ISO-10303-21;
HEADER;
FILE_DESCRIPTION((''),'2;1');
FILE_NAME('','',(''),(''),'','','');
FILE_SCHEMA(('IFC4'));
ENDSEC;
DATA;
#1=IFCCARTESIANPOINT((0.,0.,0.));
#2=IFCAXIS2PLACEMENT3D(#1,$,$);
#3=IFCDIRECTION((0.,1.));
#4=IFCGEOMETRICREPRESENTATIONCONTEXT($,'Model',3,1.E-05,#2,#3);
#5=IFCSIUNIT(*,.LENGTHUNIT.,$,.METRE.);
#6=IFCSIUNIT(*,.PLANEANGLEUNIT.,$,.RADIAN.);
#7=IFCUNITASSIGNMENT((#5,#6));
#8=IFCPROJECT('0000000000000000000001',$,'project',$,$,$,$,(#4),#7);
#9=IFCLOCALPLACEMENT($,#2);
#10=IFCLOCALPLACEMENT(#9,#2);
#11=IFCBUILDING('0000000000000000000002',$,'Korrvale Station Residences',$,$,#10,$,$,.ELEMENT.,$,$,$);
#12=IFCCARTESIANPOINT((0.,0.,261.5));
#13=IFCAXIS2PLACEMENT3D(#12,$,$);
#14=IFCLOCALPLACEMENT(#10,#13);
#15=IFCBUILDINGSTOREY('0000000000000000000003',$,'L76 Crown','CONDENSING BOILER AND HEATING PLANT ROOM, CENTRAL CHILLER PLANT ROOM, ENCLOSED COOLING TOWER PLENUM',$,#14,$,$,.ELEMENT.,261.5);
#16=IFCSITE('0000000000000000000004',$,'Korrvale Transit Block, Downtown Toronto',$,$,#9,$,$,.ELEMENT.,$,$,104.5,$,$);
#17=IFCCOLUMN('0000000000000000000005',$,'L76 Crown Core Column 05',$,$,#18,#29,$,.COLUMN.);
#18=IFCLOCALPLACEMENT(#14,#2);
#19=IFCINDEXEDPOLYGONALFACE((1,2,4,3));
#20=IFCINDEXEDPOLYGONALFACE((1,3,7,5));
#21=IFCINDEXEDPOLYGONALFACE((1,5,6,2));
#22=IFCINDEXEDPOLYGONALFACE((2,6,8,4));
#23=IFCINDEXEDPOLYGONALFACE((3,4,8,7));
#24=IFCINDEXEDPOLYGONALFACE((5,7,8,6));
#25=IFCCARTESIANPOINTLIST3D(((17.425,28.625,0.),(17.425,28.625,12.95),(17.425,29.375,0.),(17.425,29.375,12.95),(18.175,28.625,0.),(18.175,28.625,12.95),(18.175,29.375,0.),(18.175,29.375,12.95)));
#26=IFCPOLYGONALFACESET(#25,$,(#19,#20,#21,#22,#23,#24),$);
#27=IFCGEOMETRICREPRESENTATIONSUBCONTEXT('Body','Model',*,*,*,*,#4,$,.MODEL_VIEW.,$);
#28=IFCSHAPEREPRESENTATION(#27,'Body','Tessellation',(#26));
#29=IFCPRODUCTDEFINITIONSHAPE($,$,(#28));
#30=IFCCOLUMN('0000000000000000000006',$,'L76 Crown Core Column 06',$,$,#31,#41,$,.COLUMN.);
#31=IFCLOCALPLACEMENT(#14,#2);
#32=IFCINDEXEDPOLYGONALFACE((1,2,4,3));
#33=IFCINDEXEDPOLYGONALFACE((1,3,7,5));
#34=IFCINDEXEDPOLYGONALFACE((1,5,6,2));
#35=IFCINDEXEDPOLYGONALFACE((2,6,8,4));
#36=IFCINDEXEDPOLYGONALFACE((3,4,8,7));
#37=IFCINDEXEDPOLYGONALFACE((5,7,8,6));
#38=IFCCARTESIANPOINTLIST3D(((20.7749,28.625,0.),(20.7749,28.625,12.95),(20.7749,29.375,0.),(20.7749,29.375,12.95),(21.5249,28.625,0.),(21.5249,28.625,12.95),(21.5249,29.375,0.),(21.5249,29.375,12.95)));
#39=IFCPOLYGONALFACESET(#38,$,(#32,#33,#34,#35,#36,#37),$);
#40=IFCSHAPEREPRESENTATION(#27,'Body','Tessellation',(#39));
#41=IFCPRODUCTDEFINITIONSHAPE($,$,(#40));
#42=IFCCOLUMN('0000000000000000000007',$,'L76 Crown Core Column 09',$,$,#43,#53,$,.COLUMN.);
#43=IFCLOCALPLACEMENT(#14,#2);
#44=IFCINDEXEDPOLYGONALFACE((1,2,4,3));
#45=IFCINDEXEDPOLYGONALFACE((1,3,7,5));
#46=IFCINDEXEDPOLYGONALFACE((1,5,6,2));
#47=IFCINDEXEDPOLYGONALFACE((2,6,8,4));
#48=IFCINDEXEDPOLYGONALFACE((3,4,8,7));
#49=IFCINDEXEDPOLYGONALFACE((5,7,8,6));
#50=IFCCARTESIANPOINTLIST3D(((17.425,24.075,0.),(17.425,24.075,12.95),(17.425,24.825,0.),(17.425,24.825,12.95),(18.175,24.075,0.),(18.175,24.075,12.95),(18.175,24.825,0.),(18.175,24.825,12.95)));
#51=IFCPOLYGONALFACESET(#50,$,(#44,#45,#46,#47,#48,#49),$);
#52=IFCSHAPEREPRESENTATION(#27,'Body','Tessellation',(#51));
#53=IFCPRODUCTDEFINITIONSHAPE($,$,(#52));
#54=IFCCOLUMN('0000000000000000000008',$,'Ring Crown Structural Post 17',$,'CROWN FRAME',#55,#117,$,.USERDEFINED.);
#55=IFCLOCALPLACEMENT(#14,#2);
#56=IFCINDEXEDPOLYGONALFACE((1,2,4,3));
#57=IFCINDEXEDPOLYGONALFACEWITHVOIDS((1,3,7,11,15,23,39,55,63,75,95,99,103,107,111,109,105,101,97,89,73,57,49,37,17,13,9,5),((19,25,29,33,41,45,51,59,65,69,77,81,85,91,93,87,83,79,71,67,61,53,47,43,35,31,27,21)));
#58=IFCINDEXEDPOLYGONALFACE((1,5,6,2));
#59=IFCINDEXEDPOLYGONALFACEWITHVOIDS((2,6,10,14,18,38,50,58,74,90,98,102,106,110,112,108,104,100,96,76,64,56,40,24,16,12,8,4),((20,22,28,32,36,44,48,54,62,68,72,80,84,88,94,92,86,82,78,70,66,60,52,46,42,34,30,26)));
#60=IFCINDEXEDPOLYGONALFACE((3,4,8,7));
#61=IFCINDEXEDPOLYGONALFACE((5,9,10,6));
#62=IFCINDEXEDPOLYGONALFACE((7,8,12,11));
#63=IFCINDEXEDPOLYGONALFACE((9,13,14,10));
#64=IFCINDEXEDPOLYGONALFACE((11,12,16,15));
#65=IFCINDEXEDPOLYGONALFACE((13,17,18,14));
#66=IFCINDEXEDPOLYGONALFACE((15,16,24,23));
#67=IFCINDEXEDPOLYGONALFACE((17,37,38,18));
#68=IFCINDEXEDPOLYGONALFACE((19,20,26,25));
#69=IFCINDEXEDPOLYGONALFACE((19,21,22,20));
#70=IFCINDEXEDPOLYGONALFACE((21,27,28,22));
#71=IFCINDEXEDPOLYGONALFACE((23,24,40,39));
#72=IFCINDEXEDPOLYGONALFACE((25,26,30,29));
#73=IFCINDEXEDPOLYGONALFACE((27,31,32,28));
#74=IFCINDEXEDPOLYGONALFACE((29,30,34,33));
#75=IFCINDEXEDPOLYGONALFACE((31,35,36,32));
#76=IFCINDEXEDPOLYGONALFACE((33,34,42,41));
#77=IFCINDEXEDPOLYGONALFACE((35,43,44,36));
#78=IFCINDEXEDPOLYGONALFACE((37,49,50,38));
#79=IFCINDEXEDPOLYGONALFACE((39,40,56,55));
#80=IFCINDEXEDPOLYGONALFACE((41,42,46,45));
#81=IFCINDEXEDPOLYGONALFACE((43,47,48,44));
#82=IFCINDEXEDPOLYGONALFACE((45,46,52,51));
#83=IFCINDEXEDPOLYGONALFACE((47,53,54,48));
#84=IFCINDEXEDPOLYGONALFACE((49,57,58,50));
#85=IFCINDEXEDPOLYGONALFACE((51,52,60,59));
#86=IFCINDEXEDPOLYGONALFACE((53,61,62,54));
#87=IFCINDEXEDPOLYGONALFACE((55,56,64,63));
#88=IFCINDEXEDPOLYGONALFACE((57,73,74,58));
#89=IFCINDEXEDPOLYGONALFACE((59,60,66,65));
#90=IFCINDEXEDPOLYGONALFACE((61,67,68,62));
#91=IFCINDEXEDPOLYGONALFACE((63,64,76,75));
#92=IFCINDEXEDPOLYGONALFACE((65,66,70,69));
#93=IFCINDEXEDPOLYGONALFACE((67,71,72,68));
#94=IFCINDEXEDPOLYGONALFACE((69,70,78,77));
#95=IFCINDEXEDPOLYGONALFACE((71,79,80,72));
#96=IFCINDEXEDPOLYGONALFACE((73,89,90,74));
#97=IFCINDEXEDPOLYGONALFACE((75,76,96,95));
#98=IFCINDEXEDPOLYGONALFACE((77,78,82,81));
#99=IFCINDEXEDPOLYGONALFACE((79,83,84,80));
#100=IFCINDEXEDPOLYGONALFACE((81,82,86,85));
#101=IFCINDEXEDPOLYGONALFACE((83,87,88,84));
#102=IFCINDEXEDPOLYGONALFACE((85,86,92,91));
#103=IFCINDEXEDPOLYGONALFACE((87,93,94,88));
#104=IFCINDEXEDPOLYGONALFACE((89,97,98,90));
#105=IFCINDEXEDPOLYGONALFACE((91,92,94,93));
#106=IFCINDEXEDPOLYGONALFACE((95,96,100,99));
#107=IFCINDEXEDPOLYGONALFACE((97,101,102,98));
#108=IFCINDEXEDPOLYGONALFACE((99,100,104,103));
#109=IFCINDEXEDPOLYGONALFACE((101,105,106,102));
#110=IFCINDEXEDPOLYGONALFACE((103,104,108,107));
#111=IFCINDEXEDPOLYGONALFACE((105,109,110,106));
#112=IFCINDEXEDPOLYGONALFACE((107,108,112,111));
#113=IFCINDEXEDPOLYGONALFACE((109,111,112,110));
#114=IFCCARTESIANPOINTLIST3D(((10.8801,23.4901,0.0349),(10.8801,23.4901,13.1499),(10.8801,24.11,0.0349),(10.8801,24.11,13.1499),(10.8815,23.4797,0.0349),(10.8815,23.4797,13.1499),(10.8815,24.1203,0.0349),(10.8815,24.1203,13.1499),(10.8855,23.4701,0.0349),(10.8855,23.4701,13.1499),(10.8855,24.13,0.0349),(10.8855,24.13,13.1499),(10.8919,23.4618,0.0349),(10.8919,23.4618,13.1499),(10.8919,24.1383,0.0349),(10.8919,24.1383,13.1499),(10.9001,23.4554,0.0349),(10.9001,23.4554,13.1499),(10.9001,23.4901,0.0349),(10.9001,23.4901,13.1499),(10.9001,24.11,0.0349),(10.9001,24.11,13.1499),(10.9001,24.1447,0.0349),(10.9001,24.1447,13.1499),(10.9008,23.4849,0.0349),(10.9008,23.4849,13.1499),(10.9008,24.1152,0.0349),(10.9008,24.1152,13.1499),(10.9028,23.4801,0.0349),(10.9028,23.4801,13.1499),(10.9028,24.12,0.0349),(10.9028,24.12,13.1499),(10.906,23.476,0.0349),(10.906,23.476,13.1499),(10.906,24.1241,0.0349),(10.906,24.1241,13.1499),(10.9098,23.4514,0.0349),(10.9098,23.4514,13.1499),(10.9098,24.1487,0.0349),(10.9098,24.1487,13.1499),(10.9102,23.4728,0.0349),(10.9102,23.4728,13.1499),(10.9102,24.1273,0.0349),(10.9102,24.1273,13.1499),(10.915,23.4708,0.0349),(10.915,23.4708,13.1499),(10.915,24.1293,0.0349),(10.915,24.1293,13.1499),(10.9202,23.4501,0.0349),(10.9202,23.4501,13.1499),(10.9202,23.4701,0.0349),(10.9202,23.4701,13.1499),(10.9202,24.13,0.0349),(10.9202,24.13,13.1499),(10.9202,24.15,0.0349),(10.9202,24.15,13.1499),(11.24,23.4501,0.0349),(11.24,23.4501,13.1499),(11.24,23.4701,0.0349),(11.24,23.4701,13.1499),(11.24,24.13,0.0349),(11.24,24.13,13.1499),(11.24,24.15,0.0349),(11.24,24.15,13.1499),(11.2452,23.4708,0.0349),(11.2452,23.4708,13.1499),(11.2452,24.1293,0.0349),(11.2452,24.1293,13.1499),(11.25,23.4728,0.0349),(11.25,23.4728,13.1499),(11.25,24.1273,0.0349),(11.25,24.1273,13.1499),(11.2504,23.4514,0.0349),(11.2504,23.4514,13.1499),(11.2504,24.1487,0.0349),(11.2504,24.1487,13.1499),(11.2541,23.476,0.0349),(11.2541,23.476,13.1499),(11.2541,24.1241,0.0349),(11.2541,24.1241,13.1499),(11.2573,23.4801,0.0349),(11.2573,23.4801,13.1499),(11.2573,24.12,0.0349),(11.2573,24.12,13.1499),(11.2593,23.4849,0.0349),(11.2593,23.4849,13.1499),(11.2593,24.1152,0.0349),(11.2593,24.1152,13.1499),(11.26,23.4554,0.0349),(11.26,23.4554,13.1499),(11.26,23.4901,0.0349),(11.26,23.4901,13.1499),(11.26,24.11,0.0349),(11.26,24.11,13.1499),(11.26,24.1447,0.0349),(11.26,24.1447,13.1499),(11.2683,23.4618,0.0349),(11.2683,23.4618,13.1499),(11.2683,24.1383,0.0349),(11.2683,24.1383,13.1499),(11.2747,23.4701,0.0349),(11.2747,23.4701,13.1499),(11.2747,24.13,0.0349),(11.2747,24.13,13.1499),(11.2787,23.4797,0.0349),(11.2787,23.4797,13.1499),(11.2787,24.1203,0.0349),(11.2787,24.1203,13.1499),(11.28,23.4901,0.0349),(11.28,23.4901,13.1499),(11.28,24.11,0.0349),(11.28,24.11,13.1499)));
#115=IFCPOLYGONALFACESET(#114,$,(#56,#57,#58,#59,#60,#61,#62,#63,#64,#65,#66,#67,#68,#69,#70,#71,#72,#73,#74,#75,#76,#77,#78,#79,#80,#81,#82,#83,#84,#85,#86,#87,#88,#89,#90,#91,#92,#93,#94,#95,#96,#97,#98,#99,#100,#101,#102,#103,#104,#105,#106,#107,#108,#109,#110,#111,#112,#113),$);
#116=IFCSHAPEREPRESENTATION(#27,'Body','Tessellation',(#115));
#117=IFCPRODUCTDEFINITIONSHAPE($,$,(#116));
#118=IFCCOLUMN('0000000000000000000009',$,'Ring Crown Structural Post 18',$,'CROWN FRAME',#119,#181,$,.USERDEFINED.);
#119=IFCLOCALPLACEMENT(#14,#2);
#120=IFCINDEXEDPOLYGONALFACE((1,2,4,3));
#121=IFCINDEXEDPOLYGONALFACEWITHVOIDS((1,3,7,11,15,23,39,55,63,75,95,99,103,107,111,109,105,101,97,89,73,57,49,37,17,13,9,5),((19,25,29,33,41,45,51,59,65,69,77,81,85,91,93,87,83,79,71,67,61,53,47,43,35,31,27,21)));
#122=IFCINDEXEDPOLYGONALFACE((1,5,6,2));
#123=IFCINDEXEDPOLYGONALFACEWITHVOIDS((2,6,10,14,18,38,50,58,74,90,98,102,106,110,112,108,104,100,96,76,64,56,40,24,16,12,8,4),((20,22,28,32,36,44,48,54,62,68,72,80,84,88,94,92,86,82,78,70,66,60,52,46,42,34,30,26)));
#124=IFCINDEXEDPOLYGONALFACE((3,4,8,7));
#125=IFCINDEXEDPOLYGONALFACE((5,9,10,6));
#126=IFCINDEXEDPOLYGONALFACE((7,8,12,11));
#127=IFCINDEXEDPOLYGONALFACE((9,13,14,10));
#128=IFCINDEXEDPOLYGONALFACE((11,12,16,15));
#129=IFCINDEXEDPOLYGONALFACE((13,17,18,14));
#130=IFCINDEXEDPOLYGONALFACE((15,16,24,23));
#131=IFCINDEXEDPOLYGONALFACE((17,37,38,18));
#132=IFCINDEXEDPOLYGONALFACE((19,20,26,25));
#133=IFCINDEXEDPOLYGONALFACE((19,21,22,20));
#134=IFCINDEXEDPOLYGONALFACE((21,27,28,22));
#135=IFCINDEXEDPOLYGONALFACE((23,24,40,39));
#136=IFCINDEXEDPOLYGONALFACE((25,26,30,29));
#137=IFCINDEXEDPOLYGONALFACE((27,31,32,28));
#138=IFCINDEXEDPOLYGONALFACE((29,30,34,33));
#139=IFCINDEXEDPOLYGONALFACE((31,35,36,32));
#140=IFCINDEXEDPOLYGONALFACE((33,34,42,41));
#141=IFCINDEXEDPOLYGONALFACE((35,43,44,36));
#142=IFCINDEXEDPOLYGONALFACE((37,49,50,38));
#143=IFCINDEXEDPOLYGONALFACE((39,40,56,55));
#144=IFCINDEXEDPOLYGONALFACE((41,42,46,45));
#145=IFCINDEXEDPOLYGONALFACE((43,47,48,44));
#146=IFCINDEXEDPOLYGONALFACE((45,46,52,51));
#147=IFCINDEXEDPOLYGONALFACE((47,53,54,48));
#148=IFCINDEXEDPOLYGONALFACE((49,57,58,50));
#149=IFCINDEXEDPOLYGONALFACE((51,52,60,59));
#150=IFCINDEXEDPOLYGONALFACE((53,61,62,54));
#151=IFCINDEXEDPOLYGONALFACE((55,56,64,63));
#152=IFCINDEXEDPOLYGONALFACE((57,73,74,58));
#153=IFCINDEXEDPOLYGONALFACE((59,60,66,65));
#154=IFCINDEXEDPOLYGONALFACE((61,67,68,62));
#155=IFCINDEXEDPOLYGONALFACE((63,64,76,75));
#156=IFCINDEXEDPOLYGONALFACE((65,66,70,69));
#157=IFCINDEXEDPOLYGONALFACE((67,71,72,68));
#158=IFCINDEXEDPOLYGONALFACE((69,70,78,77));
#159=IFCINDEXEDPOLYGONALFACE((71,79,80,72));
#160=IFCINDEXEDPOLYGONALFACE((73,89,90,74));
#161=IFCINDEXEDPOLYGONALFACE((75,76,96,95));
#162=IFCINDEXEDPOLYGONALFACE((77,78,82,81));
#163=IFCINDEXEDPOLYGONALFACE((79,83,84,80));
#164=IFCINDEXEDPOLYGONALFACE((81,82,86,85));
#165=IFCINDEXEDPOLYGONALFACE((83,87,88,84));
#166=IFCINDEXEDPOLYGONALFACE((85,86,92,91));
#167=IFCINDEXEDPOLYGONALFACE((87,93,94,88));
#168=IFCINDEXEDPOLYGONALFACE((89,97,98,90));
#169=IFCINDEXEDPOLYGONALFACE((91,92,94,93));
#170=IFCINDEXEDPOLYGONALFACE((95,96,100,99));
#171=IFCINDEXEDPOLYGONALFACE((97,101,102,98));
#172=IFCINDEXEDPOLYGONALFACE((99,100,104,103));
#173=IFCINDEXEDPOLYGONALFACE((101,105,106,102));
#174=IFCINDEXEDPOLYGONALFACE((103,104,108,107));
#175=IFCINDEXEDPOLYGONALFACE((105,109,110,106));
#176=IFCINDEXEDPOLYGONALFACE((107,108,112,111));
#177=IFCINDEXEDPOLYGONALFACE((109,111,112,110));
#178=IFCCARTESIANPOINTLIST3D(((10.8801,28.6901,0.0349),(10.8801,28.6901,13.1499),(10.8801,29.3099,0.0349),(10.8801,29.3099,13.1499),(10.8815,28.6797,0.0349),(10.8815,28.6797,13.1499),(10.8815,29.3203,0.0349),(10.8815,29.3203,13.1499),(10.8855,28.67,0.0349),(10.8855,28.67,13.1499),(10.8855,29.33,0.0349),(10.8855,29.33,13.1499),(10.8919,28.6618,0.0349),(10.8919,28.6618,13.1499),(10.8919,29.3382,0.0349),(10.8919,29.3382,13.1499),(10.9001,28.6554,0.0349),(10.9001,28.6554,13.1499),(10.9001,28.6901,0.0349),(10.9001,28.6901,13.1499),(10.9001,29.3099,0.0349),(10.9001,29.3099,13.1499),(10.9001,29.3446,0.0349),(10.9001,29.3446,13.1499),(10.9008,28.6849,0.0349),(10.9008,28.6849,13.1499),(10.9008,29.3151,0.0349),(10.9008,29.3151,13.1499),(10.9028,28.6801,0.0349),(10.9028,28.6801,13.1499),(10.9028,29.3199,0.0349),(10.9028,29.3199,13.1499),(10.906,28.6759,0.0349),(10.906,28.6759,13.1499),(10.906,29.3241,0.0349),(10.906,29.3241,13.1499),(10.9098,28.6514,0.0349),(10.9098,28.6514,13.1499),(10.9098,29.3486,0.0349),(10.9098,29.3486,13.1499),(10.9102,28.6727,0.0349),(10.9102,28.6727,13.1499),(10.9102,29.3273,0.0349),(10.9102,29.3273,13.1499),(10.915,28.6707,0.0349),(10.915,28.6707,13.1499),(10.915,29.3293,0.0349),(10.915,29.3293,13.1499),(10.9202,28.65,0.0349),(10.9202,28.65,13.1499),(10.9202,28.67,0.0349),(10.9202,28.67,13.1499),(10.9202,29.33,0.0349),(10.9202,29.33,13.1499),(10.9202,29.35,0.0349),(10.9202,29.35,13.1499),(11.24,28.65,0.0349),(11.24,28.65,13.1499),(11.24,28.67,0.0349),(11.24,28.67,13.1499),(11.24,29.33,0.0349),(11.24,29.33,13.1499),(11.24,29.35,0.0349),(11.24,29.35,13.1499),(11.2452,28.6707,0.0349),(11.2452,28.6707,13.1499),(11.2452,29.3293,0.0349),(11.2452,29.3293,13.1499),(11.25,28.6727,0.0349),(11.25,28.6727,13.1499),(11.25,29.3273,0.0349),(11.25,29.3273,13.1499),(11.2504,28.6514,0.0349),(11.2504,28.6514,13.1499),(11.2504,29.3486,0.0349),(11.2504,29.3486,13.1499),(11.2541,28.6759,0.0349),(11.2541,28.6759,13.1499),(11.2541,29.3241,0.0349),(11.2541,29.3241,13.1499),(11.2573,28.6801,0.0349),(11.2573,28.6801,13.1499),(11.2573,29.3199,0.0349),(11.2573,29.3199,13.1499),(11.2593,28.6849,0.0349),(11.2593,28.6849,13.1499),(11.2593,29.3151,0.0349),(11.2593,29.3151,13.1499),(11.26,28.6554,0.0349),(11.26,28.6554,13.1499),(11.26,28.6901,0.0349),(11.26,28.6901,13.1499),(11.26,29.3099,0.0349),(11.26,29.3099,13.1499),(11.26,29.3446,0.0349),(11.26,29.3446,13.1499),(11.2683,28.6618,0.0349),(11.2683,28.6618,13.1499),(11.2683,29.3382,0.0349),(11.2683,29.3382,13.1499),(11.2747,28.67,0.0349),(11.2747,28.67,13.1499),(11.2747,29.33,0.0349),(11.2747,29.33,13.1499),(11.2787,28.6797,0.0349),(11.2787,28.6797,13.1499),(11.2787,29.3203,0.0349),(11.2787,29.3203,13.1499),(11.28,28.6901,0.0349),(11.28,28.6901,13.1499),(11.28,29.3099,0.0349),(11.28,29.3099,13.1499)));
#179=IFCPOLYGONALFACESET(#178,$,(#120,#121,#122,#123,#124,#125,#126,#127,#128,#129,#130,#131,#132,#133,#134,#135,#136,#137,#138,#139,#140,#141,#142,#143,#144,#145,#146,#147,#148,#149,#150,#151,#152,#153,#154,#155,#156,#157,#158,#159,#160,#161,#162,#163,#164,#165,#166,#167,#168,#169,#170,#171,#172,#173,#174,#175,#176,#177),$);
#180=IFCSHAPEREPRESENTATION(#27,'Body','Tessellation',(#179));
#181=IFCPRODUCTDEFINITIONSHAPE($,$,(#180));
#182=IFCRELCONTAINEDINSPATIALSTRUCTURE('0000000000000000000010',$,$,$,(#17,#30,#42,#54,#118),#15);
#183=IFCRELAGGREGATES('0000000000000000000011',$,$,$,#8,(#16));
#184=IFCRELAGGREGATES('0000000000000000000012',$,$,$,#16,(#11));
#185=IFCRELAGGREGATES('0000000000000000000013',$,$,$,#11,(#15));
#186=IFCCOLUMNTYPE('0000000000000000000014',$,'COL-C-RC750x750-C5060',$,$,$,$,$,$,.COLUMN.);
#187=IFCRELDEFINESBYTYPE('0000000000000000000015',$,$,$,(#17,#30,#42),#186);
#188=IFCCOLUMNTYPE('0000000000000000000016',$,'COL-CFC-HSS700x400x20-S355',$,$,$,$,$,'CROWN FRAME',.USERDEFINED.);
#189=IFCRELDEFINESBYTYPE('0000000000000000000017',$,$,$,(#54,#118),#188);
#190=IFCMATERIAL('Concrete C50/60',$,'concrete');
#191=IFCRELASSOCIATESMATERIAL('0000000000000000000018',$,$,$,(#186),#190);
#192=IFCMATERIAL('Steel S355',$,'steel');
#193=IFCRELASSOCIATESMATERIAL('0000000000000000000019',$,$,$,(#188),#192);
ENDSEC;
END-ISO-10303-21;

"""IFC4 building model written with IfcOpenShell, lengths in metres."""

from ifc_helpers import new_model, si_unit, direction, frame, origin, origin_2d, place, context, subcontext, project, spatial, rectangle, hollow_rectangle, extrude, material, material_profile, profile_set, type_object, element, save


model = new_model("IFC4")

# Units and contexts
model_context = context("Model", 3, precision=1e-05, world=origin(), true_north=direction((0.0, 1.0)))
body_context = subcontext(model_context, "Body", "Model", "MODEL_VIEW")
ifc_project = project(units=[si_unit("LENGTHUNIT", "METRE"), si_unit("PLANEANGLEUNIT", "RADIAN")], contexts=[model_context])

# Site, building, storey
site_placement = place(None, origin())
site = spatial("IfcSite", under=ifc_project, at=site_placement, Name="Korrvale Transit Block, Downtown Toronto", CompositionType="ELEMENT", RefElevation=104.5)
building_placement = place(site_placement, origin())
building = spatial("IfcBuilding", under=site, at=building_placement, Name="Korrvale Station Residences", CompositionType="ELEMENT")
storey_placement = place(building_placement, frame((0.0, 0.0, 261.5)))
storey = spatial("IfcBuildingStorey", under=building, at=storey_placement, Name="L76 Crown", Description="CONDENSING BOILER AND HEATING PLANT ROOM, CENTRAL CHILLER PLANT ROOM, ENCLOSED COOLING TOWER PLENUM", CompositionType="ELEMENT", Elevation=261.5)

# Columns
ifc_material_1 = material(Name="Concrete C50/60", Category="concrete")
ifc_material_profile_1 = material_profile(ifc_material_1, rectangle(XDim=0.75, YDim=0.75, at=origin_2d()), Name="RC750x750")
ifc_profile_set_1 = profile_set([ifc_material_profile_1], Name="Concrete C50/60")
column_type_1 = type_object("IfcColumnType", Name="COL-C-RC750x750-C5060", PredefinedType="COLUMN", material=ifc_profile_set_1)
for number, where, z_axis, x_axis, name in (
    (1, (17.8, 29.0, 0.0), (0.0, 0.0, 1.0), (1.0, 0.0, 0.0), "L76 Crown Core Column 05"),
    (2, (21.1499, 29.0, 0.0), (0.0, 0.0, 1.0), (1.0, 0.0, 0.0), "L76 Crown Core Column 06"),
    (3, (17.8, 24.45, 0.0), (0.0, 0.0, 1.0), (1.0, 0.0, 0.0), "L76 Crown Core Column 09"),
):
    element("IfcColumn", number, at=place(storey_placement, frame(where, z_axis=z_axis, x_axis=x_axis)), inside=storey, type_object=column_type_1, Name=name, PredefinedType="COLUMN", context=body_context, shape_type="SweptSolid", body=[
        extrude(rectangle(XDim=0.75, YDim=0.75, at=origin_2d()), origin(), (0.0, 0.0, 1.0), 12.95),
    ])
ifc_material_2 = material(Name="Steel S355", Category="steel")
ifc_material_profile_2 = material_profile(ifc_material_2, hollow_rectangle(XDim=0.3999, YDim=0.7, WallThickness=0.02, InnerFilletRadius=0.02, OuterFilletRadius=0.04, at=origin_2d()), Name="HSS700x400x20")
ifc_profile_set_2 = profile_set([ifc_material_profile_2], Name="Steel S355")
column_type_2 = type_object("IfcColumnType", Name="COL-CFC-HSS700x400x20-S355", ElementType="CROWN FRAME", PredefinedType="USERDEFINED", material=ifc_profile_set_2)
for number, where, z_axis, x_axis, name in (
    (4, (11.0801, 23.8, 0.0349), (0.0, 0.0, 1.0), (1.0, 0.0, 0.0), "Ring Crown Structural Post 17"),
    (5, (11.0801, 29.0, 0.0349), (0.0, 0.0, 1.0), (1.0, 0.0, 0.0), "Ring Crown Structural Post 18"),
):
    element("IfcColumn", number, at=place(storey_placement, frame(where, z_axis=z_axis, x_axis=x_axis)), inside=storey, type_object=column_type_2, Name=name, ObjectType="CROWN FRAME", PredefinedType="USERDEFINED", context=body_context, shape_type="SweptSolid", body=[
        extrude(hollow_rectangle(XDim=0.3999, YDim=0.7, WallThickness=0.02, InnerFilletRadius=0.02, OuterFilletRadius=0.04, at=origin_2d()), origin(), (0.0, 0.0, 1.0), 13.115),
    ])

save(model, "model.ifc")
